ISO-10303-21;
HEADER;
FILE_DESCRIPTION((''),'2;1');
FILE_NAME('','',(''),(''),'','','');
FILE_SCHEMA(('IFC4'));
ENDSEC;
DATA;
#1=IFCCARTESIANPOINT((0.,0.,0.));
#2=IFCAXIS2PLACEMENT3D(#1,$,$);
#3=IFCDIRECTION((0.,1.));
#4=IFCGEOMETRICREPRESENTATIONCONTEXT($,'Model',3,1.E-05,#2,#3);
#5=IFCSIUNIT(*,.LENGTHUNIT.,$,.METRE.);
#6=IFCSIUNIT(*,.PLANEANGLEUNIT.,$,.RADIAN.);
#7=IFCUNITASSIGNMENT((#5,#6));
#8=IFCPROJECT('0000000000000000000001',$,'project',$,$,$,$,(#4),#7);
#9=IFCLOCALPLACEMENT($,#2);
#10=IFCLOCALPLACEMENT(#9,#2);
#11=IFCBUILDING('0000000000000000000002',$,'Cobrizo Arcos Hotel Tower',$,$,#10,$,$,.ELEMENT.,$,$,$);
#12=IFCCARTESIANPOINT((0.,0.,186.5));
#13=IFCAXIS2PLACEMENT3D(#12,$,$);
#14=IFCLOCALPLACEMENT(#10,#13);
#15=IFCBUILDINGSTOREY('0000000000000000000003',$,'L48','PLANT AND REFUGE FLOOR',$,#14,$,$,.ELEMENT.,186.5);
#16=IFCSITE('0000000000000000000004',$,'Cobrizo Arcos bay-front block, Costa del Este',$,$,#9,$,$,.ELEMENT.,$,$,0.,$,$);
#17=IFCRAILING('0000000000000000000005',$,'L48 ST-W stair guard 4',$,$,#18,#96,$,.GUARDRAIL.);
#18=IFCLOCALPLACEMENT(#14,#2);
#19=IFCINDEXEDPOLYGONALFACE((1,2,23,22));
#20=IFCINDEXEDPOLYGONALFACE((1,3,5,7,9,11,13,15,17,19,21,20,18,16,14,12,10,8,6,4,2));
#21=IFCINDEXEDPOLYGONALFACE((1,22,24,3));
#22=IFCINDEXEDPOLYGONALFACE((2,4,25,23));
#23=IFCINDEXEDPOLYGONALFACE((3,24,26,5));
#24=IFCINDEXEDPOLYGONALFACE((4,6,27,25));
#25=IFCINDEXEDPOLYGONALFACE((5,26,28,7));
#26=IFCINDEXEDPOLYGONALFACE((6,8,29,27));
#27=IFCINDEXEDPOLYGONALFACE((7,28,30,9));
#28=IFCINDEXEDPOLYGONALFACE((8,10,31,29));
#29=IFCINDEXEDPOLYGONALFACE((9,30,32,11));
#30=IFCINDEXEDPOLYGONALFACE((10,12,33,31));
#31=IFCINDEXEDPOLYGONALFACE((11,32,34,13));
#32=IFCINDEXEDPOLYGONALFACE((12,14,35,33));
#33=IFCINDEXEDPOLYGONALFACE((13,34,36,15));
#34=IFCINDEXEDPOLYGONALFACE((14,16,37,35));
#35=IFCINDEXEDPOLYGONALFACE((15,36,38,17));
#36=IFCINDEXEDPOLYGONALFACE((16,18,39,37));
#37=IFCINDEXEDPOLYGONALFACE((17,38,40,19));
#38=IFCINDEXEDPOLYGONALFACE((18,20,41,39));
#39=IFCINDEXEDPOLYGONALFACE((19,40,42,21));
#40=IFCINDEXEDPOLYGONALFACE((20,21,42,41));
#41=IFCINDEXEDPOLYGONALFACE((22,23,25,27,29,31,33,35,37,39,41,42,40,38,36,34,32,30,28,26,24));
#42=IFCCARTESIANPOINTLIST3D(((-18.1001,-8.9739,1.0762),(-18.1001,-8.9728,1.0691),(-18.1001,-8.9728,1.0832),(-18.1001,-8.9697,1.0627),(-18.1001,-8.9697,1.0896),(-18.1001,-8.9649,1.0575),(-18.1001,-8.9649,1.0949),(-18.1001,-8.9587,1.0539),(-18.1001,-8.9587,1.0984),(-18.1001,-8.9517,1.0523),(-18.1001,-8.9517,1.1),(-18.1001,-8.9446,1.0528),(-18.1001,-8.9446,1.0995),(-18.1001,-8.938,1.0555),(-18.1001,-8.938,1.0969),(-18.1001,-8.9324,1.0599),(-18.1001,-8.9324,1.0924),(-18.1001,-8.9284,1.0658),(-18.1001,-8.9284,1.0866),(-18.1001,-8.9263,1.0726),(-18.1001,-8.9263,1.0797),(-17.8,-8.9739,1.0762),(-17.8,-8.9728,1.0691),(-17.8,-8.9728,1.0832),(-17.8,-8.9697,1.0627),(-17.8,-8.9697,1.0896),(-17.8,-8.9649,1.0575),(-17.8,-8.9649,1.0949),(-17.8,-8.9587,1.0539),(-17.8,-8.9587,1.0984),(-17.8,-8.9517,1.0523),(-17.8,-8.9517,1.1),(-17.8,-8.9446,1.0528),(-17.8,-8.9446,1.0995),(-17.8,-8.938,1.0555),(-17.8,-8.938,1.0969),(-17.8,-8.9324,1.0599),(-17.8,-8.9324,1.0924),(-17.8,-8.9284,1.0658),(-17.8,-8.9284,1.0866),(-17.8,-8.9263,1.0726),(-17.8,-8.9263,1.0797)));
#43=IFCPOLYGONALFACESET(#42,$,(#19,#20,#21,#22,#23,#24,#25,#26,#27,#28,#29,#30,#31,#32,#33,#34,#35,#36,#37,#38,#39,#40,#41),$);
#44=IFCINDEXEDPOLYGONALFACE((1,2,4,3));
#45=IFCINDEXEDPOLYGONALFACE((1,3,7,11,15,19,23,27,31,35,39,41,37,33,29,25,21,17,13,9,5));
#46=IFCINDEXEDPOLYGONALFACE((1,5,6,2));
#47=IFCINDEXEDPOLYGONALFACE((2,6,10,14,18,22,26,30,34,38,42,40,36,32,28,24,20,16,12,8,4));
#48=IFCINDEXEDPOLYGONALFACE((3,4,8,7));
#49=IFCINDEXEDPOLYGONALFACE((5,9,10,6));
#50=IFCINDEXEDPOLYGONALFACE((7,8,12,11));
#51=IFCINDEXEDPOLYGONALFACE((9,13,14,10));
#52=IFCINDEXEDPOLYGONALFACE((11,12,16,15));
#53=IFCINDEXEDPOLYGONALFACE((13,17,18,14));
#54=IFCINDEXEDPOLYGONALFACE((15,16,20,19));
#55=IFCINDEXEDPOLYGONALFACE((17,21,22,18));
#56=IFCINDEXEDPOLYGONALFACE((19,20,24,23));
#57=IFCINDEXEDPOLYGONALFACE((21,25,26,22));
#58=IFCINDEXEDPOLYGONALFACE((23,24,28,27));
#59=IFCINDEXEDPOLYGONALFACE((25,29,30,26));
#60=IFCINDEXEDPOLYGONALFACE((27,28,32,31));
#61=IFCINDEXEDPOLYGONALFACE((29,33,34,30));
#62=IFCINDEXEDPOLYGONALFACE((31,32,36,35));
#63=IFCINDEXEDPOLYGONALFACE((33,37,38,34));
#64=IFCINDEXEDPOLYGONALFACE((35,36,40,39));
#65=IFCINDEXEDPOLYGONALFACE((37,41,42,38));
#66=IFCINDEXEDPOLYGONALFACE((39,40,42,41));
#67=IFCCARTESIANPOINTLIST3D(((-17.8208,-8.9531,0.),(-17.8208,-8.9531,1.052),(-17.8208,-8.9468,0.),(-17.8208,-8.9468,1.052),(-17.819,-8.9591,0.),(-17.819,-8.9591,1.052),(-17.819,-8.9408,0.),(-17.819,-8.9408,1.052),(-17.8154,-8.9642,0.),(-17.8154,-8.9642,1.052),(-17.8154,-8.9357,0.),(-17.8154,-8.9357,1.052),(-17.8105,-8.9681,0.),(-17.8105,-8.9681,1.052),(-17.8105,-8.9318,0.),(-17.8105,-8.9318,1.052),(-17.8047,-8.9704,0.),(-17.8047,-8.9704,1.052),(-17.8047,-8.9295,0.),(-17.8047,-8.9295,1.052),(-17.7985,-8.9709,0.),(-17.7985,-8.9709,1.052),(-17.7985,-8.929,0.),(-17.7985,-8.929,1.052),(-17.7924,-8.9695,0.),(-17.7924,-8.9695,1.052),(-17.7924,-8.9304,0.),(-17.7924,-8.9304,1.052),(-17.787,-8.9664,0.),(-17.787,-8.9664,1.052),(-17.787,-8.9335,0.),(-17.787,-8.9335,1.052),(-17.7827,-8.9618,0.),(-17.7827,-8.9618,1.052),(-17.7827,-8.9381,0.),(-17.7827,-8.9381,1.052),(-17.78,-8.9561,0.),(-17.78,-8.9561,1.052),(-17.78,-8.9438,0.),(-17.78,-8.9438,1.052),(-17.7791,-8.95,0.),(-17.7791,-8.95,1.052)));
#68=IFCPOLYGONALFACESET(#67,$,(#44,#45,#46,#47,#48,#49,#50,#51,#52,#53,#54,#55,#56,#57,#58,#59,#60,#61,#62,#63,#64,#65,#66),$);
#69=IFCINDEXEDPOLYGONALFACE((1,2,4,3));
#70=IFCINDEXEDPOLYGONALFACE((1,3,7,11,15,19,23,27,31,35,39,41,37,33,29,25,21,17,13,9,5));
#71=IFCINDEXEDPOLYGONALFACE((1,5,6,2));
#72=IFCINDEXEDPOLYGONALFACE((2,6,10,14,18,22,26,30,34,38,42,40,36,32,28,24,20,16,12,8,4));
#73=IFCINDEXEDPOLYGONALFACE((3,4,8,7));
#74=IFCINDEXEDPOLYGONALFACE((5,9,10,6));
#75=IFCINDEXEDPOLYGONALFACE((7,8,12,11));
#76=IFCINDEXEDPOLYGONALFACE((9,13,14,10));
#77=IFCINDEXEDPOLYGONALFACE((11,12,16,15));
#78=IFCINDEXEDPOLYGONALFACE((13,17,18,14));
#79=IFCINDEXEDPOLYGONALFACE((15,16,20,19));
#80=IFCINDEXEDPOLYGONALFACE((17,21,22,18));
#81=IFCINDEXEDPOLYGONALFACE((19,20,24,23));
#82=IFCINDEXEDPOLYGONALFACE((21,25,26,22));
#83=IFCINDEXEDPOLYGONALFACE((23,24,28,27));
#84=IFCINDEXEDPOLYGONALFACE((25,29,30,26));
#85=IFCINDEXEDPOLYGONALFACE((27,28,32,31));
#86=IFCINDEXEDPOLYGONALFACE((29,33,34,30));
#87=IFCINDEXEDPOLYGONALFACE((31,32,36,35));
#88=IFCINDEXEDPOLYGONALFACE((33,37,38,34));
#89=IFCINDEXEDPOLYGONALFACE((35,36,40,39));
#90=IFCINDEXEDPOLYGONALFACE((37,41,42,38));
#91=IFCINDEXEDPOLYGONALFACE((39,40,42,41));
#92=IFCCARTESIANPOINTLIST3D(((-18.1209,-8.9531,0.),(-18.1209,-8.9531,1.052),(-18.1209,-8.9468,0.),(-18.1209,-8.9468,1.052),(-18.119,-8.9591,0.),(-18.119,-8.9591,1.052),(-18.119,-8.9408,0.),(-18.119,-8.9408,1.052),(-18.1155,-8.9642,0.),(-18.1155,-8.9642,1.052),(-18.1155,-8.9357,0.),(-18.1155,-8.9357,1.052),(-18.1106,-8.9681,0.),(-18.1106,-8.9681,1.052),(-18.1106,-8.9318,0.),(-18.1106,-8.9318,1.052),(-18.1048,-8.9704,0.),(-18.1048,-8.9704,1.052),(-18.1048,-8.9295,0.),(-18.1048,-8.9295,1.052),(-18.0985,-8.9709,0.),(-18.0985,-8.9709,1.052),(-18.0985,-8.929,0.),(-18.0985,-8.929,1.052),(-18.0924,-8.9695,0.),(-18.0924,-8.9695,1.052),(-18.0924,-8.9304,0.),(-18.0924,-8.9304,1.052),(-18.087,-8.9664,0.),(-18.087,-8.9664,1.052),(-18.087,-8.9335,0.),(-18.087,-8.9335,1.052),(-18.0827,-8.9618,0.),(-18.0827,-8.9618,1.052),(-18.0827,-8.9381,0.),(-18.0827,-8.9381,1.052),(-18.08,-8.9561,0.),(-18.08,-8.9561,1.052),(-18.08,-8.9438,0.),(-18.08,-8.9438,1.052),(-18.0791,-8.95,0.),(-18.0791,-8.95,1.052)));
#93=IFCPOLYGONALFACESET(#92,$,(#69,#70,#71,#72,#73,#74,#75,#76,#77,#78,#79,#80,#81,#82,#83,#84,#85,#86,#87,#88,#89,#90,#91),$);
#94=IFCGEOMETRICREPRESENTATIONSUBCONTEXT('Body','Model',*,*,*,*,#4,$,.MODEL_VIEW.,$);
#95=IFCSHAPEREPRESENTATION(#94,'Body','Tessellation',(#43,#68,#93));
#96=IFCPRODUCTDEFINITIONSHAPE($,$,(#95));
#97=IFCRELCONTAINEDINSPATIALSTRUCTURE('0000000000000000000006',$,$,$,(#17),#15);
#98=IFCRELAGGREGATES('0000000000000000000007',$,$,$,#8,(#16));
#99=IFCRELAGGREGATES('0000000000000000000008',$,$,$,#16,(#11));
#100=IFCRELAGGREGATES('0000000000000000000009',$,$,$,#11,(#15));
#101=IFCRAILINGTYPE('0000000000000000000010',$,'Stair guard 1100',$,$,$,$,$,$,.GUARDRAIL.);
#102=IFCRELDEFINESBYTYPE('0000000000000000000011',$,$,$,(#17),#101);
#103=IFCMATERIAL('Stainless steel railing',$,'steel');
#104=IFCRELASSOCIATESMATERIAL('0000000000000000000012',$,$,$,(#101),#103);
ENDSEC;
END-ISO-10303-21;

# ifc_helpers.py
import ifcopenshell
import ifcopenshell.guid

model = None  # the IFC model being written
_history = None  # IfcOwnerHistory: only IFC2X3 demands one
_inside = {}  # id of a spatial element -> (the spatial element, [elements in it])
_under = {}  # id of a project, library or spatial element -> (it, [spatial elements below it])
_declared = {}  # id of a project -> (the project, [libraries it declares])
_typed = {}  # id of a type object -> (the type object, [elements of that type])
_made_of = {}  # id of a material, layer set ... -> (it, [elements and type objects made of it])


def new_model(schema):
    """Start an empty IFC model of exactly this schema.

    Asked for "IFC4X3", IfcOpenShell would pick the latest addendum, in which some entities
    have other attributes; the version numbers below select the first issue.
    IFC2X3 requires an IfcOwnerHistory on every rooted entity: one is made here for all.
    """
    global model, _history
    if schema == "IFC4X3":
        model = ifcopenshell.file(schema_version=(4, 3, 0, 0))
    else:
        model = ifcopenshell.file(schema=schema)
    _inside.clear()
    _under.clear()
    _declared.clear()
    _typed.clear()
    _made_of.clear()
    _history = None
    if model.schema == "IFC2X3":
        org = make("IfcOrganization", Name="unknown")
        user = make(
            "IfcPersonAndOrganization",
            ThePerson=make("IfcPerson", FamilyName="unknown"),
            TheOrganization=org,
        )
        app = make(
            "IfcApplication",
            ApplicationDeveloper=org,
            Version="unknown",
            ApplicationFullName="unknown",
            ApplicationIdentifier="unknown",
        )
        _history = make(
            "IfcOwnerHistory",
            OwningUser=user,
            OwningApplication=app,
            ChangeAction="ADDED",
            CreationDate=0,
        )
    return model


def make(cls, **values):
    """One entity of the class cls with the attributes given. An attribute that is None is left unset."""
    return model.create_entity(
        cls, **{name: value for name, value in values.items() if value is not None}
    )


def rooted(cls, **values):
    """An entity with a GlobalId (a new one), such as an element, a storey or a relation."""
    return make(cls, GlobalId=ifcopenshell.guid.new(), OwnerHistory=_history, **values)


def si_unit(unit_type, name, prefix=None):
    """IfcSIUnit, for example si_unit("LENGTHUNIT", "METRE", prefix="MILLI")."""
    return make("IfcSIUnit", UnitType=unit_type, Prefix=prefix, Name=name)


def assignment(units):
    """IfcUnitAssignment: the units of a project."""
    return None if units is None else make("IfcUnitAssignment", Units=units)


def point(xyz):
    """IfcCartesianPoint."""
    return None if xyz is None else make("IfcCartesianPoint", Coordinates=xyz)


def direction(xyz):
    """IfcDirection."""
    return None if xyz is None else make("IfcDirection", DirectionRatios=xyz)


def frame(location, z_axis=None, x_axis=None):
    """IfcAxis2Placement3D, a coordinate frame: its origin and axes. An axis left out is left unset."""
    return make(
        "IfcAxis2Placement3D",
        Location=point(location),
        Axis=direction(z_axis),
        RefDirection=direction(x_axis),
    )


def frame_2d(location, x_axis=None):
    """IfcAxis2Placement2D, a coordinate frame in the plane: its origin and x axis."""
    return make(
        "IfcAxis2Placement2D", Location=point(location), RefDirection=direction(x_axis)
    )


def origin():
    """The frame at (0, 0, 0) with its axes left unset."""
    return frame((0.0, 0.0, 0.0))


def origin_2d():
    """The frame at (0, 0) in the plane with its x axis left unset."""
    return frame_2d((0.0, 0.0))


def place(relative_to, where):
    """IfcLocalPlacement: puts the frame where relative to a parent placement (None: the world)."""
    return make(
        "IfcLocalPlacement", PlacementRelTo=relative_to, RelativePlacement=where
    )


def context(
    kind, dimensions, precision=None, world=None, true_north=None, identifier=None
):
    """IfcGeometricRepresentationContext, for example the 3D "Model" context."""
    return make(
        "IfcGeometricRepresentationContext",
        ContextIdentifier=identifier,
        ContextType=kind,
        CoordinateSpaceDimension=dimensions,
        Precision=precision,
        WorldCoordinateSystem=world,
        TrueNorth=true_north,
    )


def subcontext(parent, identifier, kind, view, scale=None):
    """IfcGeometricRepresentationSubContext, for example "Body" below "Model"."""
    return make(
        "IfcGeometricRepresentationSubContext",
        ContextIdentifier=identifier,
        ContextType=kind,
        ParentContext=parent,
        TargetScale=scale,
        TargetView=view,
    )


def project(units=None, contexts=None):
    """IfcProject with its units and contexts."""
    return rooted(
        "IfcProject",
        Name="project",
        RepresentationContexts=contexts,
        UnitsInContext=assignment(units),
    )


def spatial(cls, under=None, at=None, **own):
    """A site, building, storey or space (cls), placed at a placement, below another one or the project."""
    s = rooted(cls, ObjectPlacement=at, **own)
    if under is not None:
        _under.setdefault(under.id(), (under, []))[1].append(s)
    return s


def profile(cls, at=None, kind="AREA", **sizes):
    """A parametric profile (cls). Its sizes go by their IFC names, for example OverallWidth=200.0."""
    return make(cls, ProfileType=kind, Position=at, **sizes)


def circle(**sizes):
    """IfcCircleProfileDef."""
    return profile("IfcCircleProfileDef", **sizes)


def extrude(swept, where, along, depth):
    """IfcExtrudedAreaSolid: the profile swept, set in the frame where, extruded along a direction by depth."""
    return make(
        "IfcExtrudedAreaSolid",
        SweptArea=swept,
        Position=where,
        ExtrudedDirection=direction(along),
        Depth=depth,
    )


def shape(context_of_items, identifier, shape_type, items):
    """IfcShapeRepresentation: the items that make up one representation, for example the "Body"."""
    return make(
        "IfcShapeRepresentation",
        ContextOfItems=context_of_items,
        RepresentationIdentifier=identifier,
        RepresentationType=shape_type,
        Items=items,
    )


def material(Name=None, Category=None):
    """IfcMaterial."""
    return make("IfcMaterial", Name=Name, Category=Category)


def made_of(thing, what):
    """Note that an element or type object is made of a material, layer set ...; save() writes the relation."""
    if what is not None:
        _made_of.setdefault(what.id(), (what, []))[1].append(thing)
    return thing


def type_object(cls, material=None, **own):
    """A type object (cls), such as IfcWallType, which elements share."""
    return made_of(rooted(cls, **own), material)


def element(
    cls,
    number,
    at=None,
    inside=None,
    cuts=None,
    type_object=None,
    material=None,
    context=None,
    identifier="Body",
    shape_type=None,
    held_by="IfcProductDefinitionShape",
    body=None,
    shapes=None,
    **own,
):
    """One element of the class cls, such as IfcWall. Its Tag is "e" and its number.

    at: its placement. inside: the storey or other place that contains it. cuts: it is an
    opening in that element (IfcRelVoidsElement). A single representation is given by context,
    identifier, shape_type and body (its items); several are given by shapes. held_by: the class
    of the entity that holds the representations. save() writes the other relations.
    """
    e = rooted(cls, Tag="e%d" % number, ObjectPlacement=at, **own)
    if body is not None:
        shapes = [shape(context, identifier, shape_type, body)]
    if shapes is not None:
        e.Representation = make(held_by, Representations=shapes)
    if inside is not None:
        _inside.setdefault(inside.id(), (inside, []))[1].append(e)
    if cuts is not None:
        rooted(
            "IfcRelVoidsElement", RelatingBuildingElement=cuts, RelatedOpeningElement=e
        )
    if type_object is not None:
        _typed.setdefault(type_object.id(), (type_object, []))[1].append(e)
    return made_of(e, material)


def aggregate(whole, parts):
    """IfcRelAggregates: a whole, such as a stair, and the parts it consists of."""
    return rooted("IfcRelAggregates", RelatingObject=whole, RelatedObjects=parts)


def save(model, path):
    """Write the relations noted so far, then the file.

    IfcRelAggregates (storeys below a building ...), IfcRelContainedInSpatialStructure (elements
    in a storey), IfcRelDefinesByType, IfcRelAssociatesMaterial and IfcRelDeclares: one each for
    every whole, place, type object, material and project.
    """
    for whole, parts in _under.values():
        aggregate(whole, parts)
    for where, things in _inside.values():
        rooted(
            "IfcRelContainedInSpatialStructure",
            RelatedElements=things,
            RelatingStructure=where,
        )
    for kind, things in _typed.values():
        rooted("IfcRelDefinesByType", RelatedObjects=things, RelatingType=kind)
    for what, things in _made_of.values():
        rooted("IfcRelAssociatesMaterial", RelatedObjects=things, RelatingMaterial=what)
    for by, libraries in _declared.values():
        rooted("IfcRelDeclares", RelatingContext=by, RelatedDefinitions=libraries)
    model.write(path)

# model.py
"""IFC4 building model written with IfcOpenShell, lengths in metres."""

from ifc_helpers import new_model, si_unit, direction, frame, origin, origin_2d, place, context, subcontext, project, spatial, circle, extrude, material, type_object, element, save


model = new_model("IFC4")

# Units and contexts
model_context = context("Model", 3, precision=1e-05, world=origin(), true_north=direction((0.0, 1.0)))
body_context = subcontext(model_context, "Body", "Model", "MODEL_VIEW")
ifc_project = project(units=[si_unit("LENGTHUNIT", "METRE"), si_unit("PLANEANGLEUNIT", "RADIAN")], contexts=[model_context])

# Site, building, storey
site_placement = place(None, origin())
site = spatial("IfcSite", under=ifc_project, at=site_placement, Name="Cobrizo Arcos bay-front block, Costa del Este", CompositionType="ELEMENT", RefElevation=0.0)
building_placement = place(site_placement, origin())
building = spatial("IfcBuilding", under=site, at=building_placement, Name="Cobrizo Arcos Hotel Tower", CompositionType="ELEMENT")
storey_placement = place(building_placement, frame((0.0, 0.0, 186.5)))
storey = spatial("IfcBuildingStorey", under=building, at=storey_placement, Name="L48", Description="PLANT AND REFUGE FLOOR", CompositionType="ELEMENT", Elevation=186.5)

# Railing
ifc_material_1 = material(Name="Stainless steel railing", Category="steel")
railing_type_1 = type_object("IfcRailingType", Name="Stair guard 1100", PredefinedType="GUARDRAIL", material=ifc_material_1)
railing_1_placement = place(storey_placement, frame((-17.8, -8.95, 0.0)))
element("IfcRailing", 1, at=railing_1_placement, inside=storey, type_object=railing_type_1, Name="L48 ST-W stair guard 4", PredefinedType="GUARDRAIL", context=body_context, shape_type="SweptSolid", body=[
    extrude(circle(Radius=0.0239, at=origin_2d()), frame((0.0, 0.0, 1.0762), z_axis=(-1.0, 0.0, 0.0), x_axis=(0.0, -1.0, 0.0)), (0.0, 0.0, 1.0), 0.3),
    extrude(circle(Radius=0.021, at=origin_2d()), origin(), (0.0, 0.0, 1.0), 1.052),
    extrude(circle(Radius=0.021, at=origin_2d()), frame((-0.3, 0.0, 0.0)), (0.0, 0.0, 1.0), 1.052),
])

save(model, "model.ifc")
